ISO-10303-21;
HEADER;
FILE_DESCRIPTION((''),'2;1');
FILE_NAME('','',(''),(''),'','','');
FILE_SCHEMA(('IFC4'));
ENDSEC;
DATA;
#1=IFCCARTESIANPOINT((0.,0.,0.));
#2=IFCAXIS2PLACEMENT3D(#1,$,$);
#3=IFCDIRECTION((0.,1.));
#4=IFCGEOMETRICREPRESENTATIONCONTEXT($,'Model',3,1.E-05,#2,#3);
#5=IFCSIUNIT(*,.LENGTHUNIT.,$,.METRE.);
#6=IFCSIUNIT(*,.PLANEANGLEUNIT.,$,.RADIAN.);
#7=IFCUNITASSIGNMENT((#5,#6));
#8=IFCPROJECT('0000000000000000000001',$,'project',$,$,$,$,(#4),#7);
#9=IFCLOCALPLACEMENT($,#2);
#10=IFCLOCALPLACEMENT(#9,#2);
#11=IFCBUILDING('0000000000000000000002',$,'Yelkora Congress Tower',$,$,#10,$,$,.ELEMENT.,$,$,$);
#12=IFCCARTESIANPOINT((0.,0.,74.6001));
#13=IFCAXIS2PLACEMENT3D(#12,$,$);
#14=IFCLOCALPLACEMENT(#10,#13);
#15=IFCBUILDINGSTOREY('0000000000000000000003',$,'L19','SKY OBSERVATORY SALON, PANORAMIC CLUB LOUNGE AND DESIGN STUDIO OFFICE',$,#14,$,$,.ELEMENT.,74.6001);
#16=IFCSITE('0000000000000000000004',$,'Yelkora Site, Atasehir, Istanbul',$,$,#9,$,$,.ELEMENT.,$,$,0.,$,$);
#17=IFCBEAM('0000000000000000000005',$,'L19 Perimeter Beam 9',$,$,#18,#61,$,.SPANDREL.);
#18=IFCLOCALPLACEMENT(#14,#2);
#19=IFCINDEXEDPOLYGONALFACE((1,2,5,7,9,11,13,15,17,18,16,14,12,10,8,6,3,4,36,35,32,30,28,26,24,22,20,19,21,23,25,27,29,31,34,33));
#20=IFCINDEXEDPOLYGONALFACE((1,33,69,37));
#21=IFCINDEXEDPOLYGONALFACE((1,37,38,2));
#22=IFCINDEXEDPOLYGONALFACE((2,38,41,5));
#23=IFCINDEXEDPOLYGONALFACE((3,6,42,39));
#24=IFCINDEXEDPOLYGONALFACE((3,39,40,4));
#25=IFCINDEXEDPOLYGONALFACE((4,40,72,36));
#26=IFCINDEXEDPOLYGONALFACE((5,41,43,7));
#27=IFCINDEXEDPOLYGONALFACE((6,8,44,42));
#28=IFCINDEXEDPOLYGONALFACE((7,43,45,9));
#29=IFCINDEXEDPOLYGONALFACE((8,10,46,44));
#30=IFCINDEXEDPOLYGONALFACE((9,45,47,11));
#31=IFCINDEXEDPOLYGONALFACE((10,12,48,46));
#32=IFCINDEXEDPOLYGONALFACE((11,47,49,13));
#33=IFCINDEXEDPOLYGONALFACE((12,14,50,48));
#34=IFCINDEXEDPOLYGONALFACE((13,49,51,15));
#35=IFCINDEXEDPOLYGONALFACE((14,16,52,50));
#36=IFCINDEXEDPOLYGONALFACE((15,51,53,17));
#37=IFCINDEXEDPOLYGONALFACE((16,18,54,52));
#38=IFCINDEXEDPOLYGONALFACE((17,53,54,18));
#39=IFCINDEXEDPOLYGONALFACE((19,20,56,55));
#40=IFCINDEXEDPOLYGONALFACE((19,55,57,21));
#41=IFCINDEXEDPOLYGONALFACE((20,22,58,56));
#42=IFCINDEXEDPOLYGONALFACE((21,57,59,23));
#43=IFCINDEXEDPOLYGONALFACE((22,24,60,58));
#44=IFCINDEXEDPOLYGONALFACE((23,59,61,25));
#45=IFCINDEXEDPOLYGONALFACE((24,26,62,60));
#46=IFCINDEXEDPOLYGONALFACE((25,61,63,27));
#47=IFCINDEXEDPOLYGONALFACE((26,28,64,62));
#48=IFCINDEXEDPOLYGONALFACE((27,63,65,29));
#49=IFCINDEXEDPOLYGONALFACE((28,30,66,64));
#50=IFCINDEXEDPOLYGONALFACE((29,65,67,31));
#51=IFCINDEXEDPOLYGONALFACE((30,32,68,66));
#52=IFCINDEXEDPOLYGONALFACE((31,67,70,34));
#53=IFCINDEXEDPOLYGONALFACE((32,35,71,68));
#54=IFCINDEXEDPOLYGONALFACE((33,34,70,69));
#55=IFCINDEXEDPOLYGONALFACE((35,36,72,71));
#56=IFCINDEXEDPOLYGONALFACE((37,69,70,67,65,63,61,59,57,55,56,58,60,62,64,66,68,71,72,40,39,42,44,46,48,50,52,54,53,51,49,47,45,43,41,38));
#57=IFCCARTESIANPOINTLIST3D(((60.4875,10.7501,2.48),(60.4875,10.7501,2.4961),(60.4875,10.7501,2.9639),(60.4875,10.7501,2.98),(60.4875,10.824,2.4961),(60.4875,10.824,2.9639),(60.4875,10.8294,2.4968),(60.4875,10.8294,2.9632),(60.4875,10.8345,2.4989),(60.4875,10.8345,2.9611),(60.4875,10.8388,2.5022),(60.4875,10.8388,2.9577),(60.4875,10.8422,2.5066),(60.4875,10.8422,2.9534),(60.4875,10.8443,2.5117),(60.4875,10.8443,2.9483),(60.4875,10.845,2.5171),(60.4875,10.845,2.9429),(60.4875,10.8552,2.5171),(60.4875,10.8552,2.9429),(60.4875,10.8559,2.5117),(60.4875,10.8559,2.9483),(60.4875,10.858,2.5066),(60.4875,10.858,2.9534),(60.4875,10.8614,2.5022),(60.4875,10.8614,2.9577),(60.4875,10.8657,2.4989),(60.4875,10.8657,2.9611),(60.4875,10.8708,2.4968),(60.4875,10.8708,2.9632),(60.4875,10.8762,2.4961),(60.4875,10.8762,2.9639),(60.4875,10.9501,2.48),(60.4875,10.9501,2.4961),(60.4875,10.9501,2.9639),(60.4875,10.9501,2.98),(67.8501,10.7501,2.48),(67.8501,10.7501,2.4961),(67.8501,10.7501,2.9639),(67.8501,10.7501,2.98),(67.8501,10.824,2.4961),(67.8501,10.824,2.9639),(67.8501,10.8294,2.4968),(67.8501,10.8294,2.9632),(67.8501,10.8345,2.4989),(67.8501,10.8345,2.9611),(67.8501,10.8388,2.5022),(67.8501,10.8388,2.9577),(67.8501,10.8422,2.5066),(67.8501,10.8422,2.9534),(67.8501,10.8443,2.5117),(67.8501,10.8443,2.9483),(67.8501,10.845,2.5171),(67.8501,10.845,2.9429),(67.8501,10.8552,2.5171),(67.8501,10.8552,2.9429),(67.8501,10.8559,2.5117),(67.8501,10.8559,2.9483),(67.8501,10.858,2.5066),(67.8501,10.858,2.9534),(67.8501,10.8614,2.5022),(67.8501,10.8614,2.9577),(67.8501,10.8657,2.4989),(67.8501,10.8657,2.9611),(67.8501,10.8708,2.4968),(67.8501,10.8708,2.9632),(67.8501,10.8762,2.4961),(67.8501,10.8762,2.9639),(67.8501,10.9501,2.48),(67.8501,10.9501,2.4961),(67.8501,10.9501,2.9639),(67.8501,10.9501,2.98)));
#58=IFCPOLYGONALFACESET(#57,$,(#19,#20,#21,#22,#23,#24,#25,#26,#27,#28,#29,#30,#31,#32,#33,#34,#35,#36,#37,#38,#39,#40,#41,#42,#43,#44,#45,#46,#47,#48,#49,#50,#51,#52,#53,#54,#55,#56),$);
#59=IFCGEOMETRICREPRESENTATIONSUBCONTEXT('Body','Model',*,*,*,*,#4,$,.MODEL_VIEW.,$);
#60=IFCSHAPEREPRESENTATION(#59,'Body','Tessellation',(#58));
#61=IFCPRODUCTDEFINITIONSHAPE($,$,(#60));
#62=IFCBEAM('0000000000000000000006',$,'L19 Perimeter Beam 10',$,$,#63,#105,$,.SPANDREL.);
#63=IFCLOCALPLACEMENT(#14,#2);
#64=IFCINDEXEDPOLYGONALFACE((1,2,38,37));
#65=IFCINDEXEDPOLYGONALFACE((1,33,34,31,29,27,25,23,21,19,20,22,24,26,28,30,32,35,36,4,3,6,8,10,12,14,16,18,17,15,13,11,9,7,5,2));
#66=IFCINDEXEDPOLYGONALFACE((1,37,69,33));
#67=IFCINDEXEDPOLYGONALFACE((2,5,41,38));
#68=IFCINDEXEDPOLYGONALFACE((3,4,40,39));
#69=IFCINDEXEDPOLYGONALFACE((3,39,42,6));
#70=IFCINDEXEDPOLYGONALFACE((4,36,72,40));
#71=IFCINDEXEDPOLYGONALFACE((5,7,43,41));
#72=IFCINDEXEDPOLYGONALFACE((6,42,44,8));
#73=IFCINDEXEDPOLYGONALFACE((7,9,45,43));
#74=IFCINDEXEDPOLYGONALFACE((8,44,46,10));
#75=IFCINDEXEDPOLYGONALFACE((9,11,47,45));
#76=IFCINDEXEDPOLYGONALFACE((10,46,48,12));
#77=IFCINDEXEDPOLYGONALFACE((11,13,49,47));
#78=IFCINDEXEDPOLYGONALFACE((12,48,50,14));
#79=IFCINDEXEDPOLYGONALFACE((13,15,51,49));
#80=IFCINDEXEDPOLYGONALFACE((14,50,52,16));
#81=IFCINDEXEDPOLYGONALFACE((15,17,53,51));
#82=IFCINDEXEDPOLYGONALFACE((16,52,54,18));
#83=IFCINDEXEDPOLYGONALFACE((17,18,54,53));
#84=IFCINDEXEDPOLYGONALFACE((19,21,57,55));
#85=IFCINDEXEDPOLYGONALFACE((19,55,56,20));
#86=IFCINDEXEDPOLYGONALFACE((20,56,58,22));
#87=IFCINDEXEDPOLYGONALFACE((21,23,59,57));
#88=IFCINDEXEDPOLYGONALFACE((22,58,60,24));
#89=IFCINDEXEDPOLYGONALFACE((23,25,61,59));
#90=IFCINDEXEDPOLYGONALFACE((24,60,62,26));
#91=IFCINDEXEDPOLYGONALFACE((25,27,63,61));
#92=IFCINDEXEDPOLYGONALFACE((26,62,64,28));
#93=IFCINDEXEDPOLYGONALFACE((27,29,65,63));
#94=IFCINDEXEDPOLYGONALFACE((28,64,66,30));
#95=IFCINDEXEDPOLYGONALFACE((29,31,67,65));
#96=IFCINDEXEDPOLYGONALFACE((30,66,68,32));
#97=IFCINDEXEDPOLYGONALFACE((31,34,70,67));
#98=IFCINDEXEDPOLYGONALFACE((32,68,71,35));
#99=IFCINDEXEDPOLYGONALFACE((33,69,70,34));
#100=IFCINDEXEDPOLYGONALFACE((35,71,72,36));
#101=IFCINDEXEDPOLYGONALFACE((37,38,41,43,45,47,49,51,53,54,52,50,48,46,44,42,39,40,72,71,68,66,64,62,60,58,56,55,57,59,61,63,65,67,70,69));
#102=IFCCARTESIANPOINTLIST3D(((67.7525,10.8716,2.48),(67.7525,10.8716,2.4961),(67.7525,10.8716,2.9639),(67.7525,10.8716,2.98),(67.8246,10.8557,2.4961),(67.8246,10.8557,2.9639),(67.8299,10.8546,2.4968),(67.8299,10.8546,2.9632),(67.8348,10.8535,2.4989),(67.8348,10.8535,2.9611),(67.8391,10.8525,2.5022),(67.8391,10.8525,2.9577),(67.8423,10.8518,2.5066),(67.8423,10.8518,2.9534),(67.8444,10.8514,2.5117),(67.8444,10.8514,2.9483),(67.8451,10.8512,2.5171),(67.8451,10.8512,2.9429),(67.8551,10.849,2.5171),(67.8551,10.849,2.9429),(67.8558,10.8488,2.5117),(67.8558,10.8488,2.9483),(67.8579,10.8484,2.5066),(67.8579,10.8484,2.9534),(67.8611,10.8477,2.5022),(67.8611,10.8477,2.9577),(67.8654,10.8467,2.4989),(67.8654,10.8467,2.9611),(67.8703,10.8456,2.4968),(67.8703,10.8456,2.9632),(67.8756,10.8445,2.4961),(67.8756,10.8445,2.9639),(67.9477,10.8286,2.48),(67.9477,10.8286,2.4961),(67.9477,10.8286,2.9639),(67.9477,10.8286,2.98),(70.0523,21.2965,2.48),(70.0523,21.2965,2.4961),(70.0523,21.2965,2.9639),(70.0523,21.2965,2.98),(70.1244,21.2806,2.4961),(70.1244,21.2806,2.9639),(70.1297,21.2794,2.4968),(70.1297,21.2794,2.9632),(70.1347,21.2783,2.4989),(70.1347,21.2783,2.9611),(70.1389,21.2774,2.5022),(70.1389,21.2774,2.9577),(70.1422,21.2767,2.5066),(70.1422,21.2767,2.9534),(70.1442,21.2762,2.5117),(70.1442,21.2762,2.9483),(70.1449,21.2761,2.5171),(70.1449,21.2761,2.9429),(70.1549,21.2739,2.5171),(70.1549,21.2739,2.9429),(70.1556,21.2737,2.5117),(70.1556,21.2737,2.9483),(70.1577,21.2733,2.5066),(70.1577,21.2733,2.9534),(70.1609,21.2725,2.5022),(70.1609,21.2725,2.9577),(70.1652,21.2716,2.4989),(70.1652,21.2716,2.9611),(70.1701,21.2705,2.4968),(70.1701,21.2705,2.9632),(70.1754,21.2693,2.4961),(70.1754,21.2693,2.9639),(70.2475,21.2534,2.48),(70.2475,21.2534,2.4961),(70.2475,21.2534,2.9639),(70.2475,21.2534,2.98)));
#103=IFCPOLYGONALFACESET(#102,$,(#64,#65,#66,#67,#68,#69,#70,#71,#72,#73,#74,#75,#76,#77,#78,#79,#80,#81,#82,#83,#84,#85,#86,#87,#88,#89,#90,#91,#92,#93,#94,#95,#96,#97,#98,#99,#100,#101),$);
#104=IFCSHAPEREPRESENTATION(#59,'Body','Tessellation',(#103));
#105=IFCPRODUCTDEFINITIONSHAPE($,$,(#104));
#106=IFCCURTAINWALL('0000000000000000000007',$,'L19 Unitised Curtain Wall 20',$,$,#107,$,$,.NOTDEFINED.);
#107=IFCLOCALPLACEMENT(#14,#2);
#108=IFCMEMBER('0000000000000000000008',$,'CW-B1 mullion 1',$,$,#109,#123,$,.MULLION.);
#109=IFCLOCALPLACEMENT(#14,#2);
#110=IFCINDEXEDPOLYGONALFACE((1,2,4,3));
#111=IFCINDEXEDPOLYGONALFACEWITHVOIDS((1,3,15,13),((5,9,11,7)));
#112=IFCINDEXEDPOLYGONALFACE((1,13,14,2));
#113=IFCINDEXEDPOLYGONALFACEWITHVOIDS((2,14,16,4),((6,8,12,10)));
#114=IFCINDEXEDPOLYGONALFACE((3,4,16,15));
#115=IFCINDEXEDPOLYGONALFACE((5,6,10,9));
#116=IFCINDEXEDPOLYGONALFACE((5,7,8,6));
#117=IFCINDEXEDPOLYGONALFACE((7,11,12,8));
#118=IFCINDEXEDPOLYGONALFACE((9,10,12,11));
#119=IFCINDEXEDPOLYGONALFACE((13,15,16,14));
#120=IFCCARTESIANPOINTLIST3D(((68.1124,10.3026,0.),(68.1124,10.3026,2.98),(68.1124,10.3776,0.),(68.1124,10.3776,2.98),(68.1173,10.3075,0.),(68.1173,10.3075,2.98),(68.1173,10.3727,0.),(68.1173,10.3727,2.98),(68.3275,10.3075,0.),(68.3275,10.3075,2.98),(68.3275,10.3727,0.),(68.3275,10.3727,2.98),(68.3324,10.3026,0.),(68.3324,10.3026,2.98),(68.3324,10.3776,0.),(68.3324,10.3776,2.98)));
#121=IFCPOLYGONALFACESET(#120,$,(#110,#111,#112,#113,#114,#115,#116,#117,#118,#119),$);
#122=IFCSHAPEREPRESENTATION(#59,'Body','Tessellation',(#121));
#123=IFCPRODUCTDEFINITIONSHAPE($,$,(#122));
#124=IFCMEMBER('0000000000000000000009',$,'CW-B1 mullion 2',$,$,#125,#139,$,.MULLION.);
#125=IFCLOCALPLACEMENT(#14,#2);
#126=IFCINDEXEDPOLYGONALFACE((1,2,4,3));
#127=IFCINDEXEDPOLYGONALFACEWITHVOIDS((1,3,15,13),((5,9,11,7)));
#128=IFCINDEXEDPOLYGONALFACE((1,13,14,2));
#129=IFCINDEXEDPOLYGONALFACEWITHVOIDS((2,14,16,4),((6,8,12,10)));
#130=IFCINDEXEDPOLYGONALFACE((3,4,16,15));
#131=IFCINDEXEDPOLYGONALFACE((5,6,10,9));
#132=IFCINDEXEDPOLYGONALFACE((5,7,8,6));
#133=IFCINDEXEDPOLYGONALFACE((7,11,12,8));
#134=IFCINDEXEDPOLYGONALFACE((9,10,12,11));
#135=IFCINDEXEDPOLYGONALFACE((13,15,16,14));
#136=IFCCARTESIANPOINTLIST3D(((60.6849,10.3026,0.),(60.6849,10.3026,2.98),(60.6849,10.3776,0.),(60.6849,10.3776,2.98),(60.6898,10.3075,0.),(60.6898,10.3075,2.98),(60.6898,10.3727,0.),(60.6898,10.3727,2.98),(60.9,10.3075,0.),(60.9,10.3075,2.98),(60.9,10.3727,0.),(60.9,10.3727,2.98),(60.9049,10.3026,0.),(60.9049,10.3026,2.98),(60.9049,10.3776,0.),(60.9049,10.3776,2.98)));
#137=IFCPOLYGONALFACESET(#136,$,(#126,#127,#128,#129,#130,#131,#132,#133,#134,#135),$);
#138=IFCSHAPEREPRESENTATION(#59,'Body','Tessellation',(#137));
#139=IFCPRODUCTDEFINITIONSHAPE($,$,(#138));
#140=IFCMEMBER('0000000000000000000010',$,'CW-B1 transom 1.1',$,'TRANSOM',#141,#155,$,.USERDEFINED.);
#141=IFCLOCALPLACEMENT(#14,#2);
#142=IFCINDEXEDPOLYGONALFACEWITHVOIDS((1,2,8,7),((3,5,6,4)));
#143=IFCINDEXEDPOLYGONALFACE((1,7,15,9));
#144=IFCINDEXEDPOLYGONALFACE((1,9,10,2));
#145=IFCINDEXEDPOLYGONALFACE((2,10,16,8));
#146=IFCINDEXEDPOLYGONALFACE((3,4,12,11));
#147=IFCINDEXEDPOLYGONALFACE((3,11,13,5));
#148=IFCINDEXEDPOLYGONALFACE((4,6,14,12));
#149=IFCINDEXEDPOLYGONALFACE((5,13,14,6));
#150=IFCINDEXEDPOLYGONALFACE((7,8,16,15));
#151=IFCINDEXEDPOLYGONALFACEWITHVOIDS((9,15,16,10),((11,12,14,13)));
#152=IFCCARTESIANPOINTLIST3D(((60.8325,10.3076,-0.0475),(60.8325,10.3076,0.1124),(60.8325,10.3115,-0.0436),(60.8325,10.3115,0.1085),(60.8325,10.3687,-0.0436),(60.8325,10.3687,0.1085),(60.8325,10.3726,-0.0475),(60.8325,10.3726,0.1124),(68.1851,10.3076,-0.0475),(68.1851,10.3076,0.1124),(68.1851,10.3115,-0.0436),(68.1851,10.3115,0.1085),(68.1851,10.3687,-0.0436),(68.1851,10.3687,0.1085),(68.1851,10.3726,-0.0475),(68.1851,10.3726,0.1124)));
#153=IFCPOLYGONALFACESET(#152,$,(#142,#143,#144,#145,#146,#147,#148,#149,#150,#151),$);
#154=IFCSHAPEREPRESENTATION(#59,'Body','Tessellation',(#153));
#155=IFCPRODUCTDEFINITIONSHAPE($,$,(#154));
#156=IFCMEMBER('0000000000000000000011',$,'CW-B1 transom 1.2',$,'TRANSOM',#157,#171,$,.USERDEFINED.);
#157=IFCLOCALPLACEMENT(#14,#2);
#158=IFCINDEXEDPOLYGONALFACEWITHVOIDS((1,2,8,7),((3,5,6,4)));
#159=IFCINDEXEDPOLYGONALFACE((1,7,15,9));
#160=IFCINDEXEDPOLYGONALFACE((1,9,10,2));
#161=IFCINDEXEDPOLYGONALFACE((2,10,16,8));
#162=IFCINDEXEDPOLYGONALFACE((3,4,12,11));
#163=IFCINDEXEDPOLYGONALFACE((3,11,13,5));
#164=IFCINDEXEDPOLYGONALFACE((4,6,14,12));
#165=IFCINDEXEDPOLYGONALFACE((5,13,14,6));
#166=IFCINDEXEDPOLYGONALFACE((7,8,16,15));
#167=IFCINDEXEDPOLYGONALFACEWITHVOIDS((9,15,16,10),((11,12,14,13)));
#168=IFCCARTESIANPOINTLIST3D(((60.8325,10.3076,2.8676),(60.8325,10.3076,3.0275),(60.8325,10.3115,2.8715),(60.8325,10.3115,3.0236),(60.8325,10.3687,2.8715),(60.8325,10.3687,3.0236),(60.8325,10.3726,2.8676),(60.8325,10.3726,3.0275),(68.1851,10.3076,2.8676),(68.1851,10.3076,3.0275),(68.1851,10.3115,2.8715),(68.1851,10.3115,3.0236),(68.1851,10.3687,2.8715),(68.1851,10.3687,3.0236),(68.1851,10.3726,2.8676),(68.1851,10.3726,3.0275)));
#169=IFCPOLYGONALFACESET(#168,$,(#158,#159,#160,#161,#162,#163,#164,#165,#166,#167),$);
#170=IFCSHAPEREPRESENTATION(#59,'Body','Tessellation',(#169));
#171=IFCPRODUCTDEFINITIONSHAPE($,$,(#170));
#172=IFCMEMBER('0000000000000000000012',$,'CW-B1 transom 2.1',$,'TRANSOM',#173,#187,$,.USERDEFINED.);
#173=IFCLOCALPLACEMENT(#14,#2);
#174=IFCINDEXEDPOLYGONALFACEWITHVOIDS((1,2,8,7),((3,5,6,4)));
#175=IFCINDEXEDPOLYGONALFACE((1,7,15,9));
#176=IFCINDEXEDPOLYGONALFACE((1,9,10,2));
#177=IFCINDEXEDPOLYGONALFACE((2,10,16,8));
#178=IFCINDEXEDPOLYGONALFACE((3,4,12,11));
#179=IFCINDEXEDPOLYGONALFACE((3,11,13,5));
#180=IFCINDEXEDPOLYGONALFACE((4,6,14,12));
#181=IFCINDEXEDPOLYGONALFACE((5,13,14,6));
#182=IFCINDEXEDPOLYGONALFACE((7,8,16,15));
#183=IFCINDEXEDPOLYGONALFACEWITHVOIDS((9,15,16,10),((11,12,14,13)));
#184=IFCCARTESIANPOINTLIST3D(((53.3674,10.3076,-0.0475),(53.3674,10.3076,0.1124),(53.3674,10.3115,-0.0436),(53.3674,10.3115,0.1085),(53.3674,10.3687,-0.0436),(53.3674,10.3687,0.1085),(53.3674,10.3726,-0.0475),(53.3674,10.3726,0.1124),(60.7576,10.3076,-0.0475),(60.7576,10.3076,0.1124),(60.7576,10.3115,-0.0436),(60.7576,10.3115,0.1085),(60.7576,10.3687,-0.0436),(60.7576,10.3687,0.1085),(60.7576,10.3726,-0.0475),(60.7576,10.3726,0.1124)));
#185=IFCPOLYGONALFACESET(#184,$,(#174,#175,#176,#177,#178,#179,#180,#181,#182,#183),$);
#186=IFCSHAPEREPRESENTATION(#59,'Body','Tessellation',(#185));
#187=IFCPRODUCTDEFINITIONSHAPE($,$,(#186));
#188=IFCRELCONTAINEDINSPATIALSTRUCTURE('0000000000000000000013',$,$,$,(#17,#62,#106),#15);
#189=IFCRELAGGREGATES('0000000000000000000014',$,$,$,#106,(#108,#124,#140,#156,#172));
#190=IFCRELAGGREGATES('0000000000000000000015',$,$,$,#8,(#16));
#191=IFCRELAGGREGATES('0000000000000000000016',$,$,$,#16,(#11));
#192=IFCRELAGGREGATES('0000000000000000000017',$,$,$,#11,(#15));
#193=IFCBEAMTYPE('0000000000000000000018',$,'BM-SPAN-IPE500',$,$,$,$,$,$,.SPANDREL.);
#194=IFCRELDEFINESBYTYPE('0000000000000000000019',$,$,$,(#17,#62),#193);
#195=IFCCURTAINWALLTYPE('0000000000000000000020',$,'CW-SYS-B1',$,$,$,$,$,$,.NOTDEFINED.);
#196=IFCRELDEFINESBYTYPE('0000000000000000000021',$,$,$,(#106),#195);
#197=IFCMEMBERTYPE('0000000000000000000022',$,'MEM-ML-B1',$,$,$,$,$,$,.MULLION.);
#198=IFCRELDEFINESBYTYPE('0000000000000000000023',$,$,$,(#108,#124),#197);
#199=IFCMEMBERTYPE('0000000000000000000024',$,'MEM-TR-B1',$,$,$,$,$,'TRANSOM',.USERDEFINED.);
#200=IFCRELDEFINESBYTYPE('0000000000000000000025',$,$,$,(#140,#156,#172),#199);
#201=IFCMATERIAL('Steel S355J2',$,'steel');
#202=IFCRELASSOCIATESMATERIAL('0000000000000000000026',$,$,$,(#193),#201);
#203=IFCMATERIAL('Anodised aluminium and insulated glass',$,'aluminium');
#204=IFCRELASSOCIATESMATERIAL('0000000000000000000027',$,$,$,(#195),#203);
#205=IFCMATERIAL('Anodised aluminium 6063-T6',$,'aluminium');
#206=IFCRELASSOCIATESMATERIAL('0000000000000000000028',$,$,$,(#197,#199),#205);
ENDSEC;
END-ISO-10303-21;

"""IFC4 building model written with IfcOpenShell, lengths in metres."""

from ifc_helpers import new_model, si_unit, direction, frame, origin, origin_2d, place, context, subcontext, project, spatial, hollow_rectangle, i_section, extrude, material, material_profile, profile_set, type_object, element, aggregate, save


model = new_model("IFC4")

# Units and contexts
model_context = context("Model", 3, precision=1e-05, world=origin(), true_north=direction((0.0, 1.0)))
body_context = subcontext(model_context, "Body", "Model", "MODEL_VIEW")
ifc_project = project(units=[si_unit("LENGTHUNIT", "METRE"), si_unit("PLANEANGLEUNIT", "RADIAN")], contexts=[model_context])

# Site, building, storey
site_placement = place(None, origin())
site = spatial("IfcSite", under=ifc_project, at=site_placement, Name="Yelkora Site, Atasehir, Istanbul", CompositionType="ELEMENT", RefElevation=0.0)
building_placement = place(site_placement, origin())
building = spatial("IfcBuilding", under=site, at=building_placement, Name="Yelkora Congress Tower", CompositionType="ELEMENT")
storey_placement = place(building_placement, frame((0.0, 0.0, 74.6001)))
storey = spatial("IfcBuildingStorey", under=building, at=storey_placement, Name="L19", Description="SKY OBSERVATORY SALON, PANORAMIC CLUB LOUNGE AND DESIGN STUDIO OFFICE", CompositionType="ELEMENT", Elevation=74.6001)

# Beams
ifc_material_1 = material(Name="Steel S355J2", Category="steel")
ifc_material_profile_1 = material_profile(ifc_material_1, i_section(OverallWidth=0.2, OverallDepth=0.5, WebThickness=0.0103, FlangeThickness=0.0161, FilletRadius=0.021, at=origin_2d()), Name="IPE 500")
ifc_profile_set_1 = profile_set([ifc_material_profile_1], Name="Steel S355J2")
beam_type_1 = type_object("IfcBeamType", Name="BM-SPAN-IPE500", PredefinedType="SPANDREL", material=ifc_profile_set_1)
beam_1_placement = place(storey_placement, frame((60.4875, 10.8501, 2.73), z_axis=(1.0, 0.0, 0.0), x_axis=(0.0, 1.0, 0.0)))
element("IfcBeam", 1, at=beam_1_placement, inside=storey, type_object=beam_type_1, Name="L19 Perimeter Beam 9", PredefinedType="SPANDREL", context=body_context, shape_type="SweptSolid", body=[
    extrude(i_section(OverallWidth=0.2, OverallDepth=0.5, WebThickness=0.0103, FlangeThickness=0.0161, FilletRadius=0.021, at=origin_2d()), origin(), (0.0, 0.0, 1.0), 7.3625),
])
beam_2_placement = place(storey_placement, frame((67.8501, 10.8501, 2.73), z_axis=(0.215429, 0.97652, 0.0), x_axis=(-0.97652, 0.215429, 0.0)))
element("IfcBeam", 2, at=beam_2_placement, inside=storey, type_object=beam_type_1, Name="L19 Perimeter Beam 10", PredefinedType="SPANDREL", context=body_context, shape_type="SweptSolid", body=[
    extrude(i_section(OverallWidth=0.2, OverallDepth=0.5, WebThickness=0.0103, FlangeThickness=0.0161, FilletRadius=0.021, at=origin_2d()), origin(), (0.0, 0.0, 1.0), 10.6755),
])

# Curtain wall, members
ifc_material_2 = material(Name="Anodised aluminium and insulated glass", Category="aluminium")
curtain_wall_type = type_object("IfcCurtainWallType", Name="CW-SYS-B1", PredefinedType="NOTDEFINED", material=ifc_material_2)
curtain_wall_placement = place(storey_placement, origin())
curtain_wall = element("IfcCurtainWall", 3, at=curtain_wall_placement, inside=storey, type_object=curtain_wall_type, Name="L19 Unitised Curtain Wall 20", PredefinedType="NOTDEFINED")
ifc_material_3 = material(Name="Anodised aluminium 6063-T6", Category="aluminium")
ifc_material_profile_2 = material_profile(ifc_material_3, hollow_rectangle(XDim=0.075, YDim=0.22, WallThickness=0.0049, at=origin_2d()), Name="ALU 75x220x5")
ifc_profile_set_2 = profile_set([ifc_material_profile_2], Name="Anodised aluminium 6063-T6")
member_type_1 = type_object("IfcMemberType", Name="MEM-ML-B1", PredefinedType="MULLION", material=ifc_profile_set_2)
member_1_placement = place(storey_placement, frame((68.2224, 10.3401, 0.0), z_axis=(0.0, 0.0, 1.0), x_axis=(0.0, -1.0, 0.0)))
member_1 = element("IfcMember", 4, at=member_1_placement, type_object=member_type_1, Name="CW-B1 mullion 1", PredefinedType="MULLION", context=body_context, shape_type="SweptSolid", body=[
    extrude(hollow_rectangle(XDim=0.075, YDim=0.22, WallThickness=0.0049, at=origin_2d()), origin(), (0.0, 0.0, 1.0), 2.98),
])
member_2_placement = place(storey_placement, frame((60.7949, 10.3401, 0.0), z_axis=(0.0, 0.0, 1.0), x_axis=(0.0, -1.0, 0.0)))
member_2 = element("IfcMember", 5, at=member_2_placement, type_object=member_type_1, Name="CW-B1 mullion 2", PredefinedType="MULLION", context=body_context, shape_type="SweptSolid", body=[
    extrude(hollow_rectangle(XDim=0.075, YDim=0.22, WallThickness=0.0049, at=origin_2d()), origin(), (0.0, 0.0, 1.0), 2.98),
])
ifc_material_profile_3 = material_profile(ifc_material_3, hollow_rectangle(XDim=0.0649, YDim=0.1599, WallThickness=0.0039, at=origin_2d()), Name="ALU 65x160x4")
ifc_profile_set_3 = profile_set([ifc_material_profile_3], Name="Anodised aluminium 6063-T6")
member_type_2 = type_object("IfcMemberType", Name="MEM-TR-B1", ElementType="TRANSOM", PredefinedType="USERDEFINED", material=ifc_profile_set_3)
member_3_placement = place(storey_placement, frame((68.1851, 10.3401, 0.0325), z_axis=(-1.0, 0.0, 0.0), x_axis=(0.0, -1.0, 0.0)))
member_3 = element("IfcMember", 6, at=member_3_placement, type_object=member_type_2, Name="CW-B1 transom 1.1", ObjectType="TRANSOM", PredefinedType="USERDEFINED", context=body_context, shape_type="SweptSolid", body=[
    extrude(hollow_rectangle(XDim=0.0649, YDim=0.1599, WallThickness=0.0039, at=origin_2d()), origin(), (0.0, 0.0, 1.0), 7.3525),
])
member_4_placement = place(storey_placement, frame((68.1851, 10.3401, 2.9475), z_axis=(-1.0, 0.0, 0.0), x_axis=(0.0, -1.0, 0.0)))
member_4 = element("IfcMember", 7, at=member_4_placement, type_object=member_type_2, Name="CW-B1 transom 1.2", ObjectType="TRANSOM", PredefinedType="USERDEFINED", context=body_context, shape_type="SweptSolid", body=[
    extrude(hollow_rectangle(XDim=0.0649, YDim=0.1599, WallThickness=0.0039, at=origin_2d()), origin(), (0.0, 0.0, 1.0), 7.3525),
])
member_5_placement = place(storey_placement, frame((60.7576, 10.3401, 0.0325), z_axis=(-1.0, 0.0, 0.0), x_axis=(0.0, -1.0, 0.0)))
member_5 = element("IfcMember", 8, at=member_5_placement, type_object=member_type_2, Name="CW-B1 transom 2.1", ObjectType="TRANSOM", PredefinedType="USERDEFINED", context=body_context, shape_type="SweptSolid", body=[
    extrude(hollow_rectangle(XDim=0.0649, YDim=0.1599, WallThickness=0.0039, at=origin_2d()), origin(), (0.0, 0.0, 1.0), 7.3901),
])
aggregate(curtain_wall, [member_1, member_2, member_3, member_4, member_5])

save(model, "model.ifc")
